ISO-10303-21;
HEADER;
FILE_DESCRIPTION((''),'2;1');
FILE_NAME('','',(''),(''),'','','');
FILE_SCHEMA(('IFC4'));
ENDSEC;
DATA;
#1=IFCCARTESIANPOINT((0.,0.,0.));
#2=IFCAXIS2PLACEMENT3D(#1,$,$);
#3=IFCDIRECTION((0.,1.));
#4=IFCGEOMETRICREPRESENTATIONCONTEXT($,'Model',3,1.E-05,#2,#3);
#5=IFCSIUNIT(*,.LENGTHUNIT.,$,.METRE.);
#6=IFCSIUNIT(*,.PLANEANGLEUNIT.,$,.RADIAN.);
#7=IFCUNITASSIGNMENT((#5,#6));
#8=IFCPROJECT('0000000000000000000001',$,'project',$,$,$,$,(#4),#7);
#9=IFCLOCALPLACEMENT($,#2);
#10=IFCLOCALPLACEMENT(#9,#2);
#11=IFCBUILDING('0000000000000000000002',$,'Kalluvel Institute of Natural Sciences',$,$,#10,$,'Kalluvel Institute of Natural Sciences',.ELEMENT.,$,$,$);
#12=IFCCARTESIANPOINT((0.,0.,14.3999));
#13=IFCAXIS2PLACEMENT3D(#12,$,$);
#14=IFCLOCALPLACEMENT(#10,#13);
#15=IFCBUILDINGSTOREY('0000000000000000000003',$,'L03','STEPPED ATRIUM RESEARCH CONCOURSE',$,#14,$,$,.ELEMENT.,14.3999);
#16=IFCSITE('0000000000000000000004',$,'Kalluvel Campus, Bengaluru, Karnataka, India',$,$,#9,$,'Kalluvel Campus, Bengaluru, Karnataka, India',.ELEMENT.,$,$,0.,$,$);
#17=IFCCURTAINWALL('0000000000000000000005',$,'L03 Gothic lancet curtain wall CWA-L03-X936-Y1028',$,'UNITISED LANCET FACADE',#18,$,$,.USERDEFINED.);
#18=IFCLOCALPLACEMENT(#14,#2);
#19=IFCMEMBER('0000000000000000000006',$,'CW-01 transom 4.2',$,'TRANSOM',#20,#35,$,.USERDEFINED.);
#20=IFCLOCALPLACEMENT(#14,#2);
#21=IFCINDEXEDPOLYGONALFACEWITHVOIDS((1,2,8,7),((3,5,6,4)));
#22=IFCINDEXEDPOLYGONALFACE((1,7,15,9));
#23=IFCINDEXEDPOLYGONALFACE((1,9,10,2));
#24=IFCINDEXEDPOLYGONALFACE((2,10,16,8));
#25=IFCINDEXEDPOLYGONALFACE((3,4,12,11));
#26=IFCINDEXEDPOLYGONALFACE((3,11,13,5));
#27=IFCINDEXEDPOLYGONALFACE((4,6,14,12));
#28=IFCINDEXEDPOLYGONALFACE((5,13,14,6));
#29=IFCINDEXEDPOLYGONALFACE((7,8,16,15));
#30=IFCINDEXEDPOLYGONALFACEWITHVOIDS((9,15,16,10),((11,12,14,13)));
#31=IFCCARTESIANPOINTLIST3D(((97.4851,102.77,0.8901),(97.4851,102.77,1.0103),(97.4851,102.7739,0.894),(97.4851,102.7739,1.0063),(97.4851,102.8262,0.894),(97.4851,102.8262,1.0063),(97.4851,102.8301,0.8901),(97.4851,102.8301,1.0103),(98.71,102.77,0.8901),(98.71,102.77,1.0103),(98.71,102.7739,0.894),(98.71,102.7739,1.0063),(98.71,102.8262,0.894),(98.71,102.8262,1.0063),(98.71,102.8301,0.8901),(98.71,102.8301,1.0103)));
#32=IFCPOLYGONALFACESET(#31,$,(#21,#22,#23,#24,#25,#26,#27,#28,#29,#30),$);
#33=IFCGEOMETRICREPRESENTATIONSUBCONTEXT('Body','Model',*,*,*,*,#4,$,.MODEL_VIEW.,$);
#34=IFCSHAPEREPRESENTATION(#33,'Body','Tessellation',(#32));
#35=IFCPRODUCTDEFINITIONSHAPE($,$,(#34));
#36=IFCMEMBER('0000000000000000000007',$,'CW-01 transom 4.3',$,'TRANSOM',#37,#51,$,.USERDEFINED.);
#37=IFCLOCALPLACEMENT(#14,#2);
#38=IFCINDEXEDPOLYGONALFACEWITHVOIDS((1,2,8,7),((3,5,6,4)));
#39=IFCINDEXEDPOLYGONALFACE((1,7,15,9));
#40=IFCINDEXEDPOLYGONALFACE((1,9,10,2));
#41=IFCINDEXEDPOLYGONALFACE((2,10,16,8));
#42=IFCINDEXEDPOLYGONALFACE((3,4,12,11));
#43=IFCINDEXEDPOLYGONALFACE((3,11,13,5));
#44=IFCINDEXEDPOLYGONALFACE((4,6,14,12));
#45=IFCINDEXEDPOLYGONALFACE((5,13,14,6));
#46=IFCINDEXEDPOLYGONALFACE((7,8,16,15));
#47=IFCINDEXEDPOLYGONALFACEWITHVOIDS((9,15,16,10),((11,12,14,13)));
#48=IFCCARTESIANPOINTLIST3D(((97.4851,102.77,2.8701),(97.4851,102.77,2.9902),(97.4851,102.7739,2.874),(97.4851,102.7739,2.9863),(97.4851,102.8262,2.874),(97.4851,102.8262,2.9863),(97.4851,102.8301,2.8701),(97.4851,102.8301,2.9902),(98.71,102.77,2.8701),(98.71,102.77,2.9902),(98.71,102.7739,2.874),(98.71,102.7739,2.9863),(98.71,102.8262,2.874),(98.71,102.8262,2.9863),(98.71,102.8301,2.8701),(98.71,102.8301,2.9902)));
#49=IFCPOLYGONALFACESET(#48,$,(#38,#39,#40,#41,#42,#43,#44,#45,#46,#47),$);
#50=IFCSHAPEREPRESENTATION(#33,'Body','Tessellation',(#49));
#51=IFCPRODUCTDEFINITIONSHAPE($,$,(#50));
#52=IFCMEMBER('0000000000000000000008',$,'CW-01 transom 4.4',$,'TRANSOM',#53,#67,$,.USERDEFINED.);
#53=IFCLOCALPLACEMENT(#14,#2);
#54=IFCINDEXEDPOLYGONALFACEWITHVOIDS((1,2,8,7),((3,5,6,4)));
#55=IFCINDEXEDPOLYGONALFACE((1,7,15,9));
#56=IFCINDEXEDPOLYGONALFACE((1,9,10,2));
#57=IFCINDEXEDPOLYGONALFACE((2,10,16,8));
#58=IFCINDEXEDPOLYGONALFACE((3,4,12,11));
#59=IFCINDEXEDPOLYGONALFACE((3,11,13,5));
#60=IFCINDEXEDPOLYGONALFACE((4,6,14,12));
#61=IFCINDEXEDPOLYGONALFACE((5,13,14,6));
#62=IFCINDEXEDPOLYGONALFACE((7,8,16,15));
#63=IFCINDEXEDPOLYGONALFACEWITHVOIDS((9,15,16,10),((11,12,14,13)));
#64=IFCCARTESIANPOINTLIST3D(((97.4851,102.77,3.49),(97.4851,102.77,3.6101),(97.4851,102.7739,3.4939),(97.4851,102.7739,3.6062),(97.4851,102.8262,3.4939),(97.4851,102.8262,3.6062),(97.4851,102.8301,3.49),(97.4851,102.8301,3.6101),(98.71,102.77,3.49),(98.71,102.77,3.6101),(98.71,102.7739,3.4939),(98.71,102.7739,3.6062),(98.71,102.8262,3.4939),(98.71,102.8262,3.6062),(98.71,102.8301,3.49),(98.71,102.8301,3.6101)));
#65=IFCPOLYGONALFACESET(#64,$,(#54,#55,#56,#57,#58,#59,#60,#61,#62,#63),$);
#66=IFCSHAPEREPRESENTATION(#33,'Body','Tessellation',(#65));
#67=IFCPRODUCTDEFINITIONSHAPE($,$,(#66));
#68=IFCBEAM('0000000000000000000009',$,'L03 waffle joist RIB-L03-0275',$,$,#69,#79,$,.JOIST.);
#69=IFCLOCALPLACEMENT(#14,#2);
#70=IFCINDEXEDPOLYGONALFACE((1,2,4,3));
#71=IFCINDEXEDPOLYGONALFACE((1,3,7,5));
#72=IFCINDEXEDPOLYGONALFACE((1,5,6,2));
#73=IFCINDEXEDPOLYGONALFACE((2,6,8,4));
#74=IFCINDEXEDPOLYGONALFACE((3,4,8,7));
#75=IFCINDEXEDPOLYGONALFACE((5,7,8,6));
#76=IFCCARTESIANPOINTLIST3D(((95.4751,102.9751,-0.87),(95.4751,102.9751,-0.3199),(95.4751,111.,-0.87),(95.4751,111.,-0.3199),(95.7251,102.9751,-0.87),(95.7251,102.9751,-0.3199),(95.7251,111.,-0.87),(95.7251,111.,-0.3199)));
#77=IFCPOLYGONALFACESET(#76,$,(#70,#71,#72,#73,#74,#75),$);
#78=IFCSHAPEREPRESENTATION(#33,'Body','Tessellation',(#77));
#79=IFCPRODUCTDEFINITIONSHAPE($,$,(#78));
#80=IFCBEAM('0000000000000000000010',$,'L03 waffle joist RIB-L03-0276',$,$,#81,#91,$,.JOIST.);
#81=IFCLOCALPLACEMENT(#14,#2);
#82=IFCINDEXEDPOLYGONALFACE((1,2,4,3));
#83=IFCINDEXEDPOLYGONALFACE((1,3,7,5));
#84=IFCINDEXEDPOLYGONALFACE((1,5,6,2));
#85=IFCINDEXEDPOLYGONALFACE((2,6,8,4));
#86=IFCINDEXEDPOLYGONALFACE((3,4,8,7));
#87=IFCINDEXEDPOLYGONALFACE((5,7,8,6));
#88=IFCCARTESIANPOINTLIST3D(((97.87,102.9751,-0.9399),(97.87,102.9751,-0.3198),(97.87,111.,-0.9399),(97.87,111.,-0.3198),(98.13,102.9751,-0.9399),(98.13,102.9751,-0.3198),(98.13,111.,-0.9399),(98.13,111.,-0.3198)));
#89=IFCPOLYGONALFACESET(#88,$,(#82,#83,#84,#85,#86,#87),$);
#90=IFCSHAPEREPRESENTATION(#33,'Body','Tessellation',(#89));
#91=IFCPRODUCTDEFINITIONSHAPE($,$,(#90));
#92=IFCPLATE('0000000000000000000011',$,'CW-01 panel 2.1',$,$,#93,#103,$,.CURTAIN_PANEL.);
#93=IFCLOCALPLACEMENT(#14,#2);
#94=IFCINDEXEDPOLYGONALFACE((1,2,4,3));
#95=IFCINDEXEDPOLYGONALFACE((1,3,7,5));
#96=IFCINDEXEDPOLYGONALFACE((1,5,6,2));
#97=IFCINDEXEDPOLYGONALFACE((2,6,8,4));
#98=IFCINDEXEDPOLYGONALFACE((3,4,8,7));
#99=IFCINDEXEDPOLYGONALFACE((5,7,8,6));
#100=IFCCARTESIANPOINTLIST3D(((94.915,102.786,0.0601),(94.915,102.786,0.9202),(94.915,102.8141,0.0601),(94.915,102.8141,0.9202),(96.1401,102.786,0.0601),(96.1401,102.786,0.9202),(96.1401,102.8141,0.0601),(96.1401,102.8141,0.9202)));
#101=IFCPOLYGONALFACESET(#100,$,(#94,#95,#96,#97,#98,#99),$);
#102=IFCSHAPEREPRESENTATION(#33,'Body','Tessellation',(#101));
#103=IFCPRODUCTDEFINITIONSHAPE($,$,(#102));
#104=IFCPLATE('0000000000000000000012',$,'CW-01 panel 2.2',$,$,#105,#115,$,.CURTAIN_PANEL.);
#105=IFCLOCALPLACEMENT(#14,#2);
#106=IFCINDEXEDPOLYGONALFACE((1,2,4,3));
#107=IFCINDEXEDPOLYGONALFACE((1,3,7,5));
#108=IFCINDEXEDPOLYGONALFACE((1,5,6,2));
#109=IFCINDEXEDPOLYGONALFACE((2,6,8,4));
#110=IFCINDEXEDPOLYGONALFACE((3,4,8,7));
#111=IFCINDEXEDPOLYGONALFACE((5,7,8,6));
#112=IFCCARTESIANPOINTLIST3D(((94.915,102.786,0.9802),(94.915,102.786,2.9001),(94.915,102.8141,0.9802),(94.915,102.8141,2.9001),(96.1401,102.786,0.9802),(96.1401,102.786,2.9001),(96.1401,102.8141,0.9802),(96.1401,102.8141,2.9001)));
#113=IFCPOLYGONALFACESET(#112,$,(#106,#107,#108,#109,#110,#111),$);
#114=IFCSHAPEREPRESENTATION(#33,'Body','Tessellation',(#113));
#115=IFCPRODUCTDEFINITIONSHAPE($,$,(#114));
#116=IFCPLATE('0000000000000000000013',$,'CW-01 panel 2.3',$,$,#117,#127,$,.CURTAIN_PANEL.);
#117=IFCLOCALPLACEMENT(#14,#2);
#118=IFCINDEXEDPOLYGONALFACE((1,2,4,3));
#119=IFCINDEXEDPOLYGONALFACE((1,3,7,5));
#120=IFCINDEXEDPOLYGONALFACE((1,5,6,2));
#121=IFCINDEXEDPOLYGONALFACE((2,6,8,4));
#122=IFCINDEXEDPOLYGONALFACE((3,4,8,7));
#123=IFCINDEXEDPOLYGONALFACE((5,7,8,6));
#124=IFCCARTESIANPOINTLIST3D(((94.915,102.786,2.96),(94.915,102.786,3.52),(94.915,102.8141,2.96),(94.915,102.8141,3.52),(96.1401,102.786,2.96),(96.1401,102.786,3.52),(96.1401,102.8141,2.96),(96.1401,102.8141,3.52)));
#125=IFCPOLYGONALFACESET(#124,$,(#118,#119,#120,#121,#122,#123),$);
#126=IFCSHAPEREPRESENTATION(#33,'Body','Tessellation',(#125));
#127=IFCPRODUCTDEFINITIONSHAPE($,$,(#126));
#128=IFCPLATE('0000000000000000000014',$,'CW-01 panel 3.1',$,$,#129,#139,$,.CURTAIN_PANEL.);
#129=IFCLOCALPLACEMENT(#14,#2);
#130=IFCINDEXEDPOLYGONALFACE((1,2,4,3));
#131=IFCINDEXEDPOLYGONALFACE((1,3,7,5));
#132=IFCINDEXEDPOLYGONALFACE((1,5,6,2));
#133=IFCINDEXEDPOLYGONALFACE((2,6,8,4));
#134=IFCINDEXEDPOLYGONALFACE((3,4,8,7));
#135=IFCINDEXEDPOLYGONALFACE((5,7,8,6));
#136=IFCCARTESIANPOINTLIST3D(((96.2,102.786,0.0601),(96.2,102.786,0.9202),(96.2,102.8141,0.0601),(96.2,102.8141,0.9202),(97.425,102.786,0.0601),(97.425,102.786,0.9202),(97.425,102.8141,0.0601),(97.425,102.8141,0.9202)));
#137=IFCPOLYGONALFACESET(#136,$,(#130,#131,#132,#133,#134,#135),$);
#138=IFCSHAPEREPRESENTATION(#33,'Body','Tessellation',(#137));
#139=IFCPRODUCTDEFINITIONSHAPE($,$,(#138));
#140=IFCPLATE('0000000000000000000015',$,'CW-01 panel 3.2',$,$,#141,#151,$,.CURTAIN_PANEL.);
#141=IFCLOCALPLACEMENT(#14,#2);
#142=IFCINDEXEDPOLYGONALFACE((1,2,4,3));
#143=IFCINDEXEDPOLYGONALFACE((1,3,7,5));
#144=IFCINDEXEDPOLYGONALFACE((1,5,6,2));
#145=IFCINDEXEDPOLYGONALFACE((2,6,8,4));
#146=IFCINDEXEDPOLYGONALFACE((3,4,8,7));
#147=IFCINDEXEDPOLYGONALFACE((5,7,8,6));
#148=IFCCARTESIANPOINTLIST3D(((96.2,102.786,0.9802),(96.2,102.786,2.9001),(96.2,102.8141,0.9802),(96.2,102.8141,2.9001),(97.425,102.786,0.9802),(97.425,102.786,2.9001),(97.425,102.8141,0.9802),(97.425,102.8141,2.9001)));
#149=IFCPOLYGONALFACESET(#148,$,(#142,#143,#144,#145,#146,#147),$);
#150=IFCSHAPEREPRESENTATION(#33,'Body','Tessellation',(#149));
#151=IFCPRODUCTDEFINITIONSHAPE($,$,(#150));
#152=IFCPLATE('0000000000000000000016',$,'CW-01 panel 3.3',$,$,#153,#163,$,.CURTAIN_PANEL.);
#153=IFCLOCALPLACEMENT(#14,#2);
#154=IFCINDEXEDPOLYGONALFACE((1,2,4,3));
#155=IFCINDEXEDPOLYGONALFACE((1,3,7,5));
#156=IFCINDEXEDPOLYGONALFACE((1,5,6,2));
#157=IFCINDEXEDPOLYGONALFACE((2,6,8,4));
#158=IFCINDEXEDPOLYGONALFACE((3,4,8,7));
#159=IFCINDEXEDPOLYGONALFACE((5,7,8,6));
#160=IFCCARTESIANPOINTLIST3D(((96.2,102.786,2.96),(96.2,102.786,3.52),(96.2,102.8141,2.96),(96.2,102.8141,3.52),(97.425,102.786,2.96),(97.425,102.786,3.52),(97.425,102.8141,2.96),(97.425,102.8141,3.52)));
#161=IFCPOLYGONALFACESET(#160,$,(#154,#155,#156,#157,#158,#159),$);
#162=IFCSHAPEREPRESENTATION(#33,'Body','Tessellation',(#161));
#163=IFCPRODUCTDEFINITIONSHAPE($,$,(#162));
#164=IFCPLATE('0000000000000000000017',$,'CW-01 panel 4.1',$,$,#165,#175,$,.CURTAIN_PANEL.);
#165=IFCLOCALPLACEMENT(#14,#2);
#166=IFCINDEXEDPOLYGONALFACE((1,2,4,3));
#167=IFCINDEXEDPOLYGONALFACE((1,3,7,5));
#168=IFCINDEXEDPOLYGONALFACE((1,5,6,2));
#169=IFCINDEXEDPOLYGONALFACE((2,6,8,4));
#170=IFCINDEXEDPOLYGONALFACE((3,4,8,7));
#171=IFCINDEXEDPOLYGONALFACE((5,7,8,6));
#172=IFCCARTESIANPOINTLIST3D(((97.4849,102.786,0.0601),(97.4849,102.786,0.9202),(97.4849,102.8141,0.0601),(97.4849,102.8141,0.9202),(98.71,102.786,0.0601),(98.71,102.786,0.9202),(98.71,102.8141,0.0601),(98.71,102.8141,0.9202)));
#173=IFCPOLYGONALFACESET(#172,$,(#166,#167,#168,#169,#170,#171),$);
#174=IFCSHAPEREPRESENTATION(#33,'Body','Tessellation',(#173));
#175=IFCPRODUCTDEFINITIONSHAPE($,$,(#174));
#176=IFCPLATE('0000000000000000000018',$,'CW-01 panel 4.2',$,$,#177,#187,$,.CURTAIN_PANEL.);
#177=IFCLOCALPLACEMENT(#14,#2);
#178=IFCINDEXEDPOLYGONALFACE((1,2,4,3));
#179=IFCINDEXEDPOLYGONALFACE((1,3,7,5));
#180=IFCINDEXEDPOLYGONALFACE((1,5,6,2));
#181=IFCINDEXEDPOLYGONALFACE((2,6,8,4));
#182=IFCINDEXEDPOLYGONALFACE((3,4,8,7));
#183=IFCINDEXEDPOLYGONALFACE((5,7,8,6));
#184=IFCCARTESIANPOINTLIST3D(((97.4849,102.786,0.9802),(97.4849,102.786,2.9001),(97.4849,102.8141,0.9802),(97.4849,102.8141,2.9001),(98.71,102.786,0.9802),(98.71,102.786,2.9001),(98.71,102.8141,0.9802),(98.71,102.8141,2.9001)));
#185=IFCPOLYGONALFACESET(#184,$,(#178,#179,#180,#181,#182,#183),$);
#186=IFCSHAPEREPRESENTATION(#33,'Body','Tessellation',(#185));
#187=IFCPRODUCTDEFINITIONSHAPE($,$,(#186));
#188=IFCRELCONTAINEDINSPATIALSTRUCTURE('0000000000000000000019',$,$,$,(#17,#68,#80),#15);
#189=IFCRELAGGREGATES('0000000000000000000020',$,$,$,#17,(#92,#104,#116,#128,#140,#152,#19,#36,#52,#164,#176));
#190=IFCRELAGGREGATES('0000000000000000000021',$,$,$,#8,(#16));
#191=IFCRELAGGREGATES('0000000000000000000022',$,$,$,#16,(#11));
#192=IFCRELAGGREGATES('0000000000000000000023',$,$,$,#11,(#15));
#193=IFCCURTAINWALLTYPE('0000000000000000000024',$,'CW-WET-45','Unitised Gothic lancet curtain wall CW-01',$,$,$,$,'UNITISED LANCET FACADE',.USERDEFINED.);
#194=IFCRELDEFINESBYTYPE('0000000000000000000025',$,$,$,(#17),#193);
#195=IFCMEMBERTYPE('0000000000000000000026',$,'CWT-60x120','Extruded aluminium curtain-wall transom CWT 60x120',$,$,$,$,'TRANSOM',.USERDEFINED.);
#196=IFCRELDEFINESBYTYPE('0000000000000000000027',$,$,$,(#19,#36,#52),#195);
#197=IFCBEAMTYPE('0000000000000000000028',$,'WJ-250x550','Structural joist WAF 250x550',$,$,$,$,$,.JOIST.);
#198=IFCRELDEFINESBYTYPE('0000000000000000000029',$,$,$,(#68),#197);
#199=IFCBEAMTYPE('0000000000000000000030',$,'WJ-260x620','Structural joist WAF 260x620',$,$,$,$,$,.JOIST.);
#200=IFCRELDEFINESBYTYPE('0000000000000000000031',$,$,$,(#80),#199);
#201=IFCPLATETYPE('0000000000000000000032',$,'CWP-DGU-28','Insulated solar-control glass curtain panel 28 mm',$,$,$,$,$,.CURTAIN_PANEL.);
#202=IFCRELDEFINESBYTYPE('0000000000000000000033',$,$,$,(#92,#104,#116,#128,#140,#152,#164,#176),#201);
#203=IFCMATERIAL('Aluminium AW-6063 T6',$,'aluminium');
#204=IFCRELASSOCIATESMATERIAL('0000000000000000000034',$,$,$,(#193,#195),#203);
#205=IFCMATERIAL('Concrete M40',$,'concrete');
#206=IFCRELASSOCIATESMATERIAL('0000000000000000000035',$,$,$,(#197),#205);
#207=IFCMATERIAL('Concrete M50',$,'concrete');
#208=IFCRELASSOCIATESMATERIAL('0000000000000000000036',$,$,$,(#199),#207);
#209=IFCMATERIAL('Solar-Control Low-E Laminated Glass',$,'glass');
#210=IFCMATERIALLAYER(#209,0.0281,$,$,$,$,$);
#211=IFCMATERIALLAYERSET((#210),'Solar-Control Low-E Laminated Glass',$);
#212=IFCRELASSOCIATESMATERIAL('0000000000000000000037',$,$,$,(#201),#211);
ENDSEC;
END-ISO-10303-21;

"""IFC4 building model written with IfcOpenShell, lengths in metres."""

from ifc_helpers import new_model, si_unit, direction, frame, origin, origin_2d, place, context, subcontext, project, spatial, rectangle, hollow_rectangle, extrude, material, layer, layer_set, material_profile, profile_set, type_object, element, aggregate, save


model = new_model("IFC4")

# Units and contexts
model_context = context("Model", 3, precision=1e-05, world=origin(), true_north=direction((0.0, 1.0)))
body_context = subcontext(model_context, "Body", "Model", "MODEL_VIEW")
ifc_project = project(units=[si_unit("LENGTHUNIT", "METRE"), si_unit("PLANEANGLEUNIT", "RADIAN")], contexts=[model_context])

# Site, building, storey
site_placement = place(None, origin())
site = spatial("IfcSite", under=ifc_project, at=site_placement, Name="Kalluvel Campus, Bengaluru, Karnataka, India", LongName="Kalluvel Campus, Bengaluru, Karnataka, India", CompositionType="ELEMENT", RefElevation=0.0)
building_placement = place(site_placement, origin())
building = spatial("IfcBuilding", under=site, at=building_placement, Name="Kalluvel Institute of Natural Sciences", LongName="Kalluvel Institute of Natural Sciences", CompositionType="ELEMENT")
storey_placement = place(building_placement, frame((0.0, 0.0, 14.3999)))
storey = spatial("IfcBuildingStorey", under=building, at=storey_placement, Name="L03", Description="STEPPED ATRIUM RESEARCH CONCOURSE", CompositionType="ELEMENT", Elevation=14.3999)

# Curtain wall, members
ifc_material_1 = material(Name="Aluminium AW-6063 T6", Category="aluminium")
curtain_wall_type = type_object("IfcCurtainWallType", Name="CW-WET-45", Description="Unitised Gothic lancet curtain wall CW-01", ElementType="UNITISED LANCET FACADE", PredefinedType="USERDEFINED", material=ifc_material_1)
curtain_wall_placement = place(storey_placement, origin())
curtain_wall = element("IfcCurtainWall", 1, at=curtain_wall_placement, inside=storey, type_object=curtain_wall_type, Name="L03 Gothic lancet curtain wall CWA-L03-X936-Y1028", ObjectType="UNITISED LANCET FACADE", PredefinedType="USERDEFINED")
ifc_material_profile_1 = material_profile(ifc_material_1, hollow_rectangle(XDim=0.0601, YDim=0.1201, WallThickness=0.0039, at=origin_2d()), Name="CWT 60x120")
ifc_profile_set_1 = profile_set([ifc_material_profile_1], Name="Aluminium AW-6063 T6")
member_type_1 = type_object("IfcMemberType", Name="CWT-60x120", Description="Extruded aluminium curtain-wall transom CWT 60x120", ElementType="TRANSOM", PredefinedType="USERDEFINED", material=ifc_profile_set_1)
member_1_placement = place(storey_placement, frame((97.4851, 102.8, 0.9502), z_axis=(1.0, 0.0, 0.0), x_axis=(0.0, 1.0, 0.0)))
member_1 = element("IfcMember", 2, at=member_1_placement, type_object=member_type_1, Name="CW-01 transom 4.2", ObjectType="TRANSOM", PredefinedType="USERDEFINED", context=body_context, shape_type="SweptSolid", body=[
    extrude(hollow_rectangle(XDim=0.0601, YDim=0.1201, WallThickness=0.0039, at=origin_2d()), origin(), (0.0, 0.0, 1.0), 1.2249),
])
member_2_placement = place(storey_placement, frame((97.4851, 102.8, 2.9302), z_axis=(1.0, 0.0, 0.0), x_axis=(0.0, 1.0, 0.0)))
member_2 = element("IfcMember", 3, at=member_2_placement, type_object=member_type_1, Name="CW-01 transom 4.3", ObjectType="TRANSOM", PredefinedType="USERDEFINED", context=body_context, shape_type="SweptSolid", body=[
    extrude(hollow_rectangle(XDim=0.0601, YDim=0.1201, WallThickness=0.0039, at=origin_2d()), origin(), (0.0, 0.0, 1.0), 1.2249),
])
member_3_placement = place(storey_placement, frame((97.4851, 102.8, 3.55), z_axis=(1.0, 0.0, 0.0), x_axis=(0.0, 1.0, 0.0)))
member_3 = element("IfcMember", 4, at=member_3_placement, type_object=member_type_1, Name="CW-01 transom 4.4", ObjectType="TRANSOM", PredefinedType="USERDEFINED", context=body_context, shape_type="SweptSolid", body=[
    extrude(hollow_rectangle(XDim=0.0601, YDim=0.1201, WallThickness=0.0039, at=origin_2d()), origin(), (0.0, 0.0, 1.0), 1.2249),
])

# Beams
ifc_material_2 = material(Name="Concrete M40", Category="concrete")
ifc_material_profile_2 = material_profile(ifc_material_2, rectangle(XDim=0.25, YDim=0.55, at=origin_2d()), Name="WAF 250x550")
ifc_profile_set_2 = profile_set([ifc_material_profile_2], Name="Concrete M40")
beam_type_1 = type_object("IfcBeamType", Name="WJ-250x550", Description="Structural joist WAF 250x550", PredefinedType="JOIST", material=ifc_profile_set_2)
beam_1_placement = place(storey_placement, frame((95.6001, 102.9751, -0.595), z_axis=(0.0, 1.0, 0.0), x_axis=(-1.0, 0.0, 0.0)))
element("IfcBeam", 5, at=beam_1_placement, inside=storey, type_object=beam_type_1, Name="L03 waffle joist RIB-L03-0275", PredefinedType="JOIST", context=body_context, shape_type="SweptSolid", body=[
    extrude(rectangle(XDim=0.25, YDim=0.55, at=origin_2d()), origin(), (0.0, 0.0, 1.0), 8.0249),
])
ifc_material_3 = material(Name="Concrete M50", Category="concrete")
ifc_material_profile_3 = material_profile(ifc_material_3, rectangle(XDim=0.26, YDim=0.6201, at=origin_2d()), Name="WAF 260x620")
ifc_profile_set_3 = profile_set([ifc_material_profile_3], Name="Concrete M50")
beam_type_2 = type_object("IfcBeamType", Name="WJ-260x620", Description="Structural joist WAF 260x620", PredefinedType="JOIST", material=ifc_profile_set_3)
beam_2_placement = place(storey_placement, frame((98.0, 102.9751, -0.6299), z_axis=(0.0, 1.0, 0.0), x_axis=(-1.0, 0.0, 0.0)))
element("IfcBeam", 6, at=beam_2_placement, inside=storey, type_object=beam_type_2, Name="L03 waffle joist RIB-L03-0276", PredefinedType="JOIST", context=body_context, shape_type="SweptSolid", body=[
    extrude(rectangle(XDim=0.26, YDim=0.6201, at=origin_2d()), origin(), (0.0, 0.0, 1.0), 8.0249),
])

# Plates
ifc_material_4 = material(Name="Solar-Control Low-E Laminated Glass", Category="glass")
ifc_layer_1 = layer(ifc_material_4, 0.0281)
ifc_layer_set_1 = layer_set([ifc_layer_1], Name="Solar-Control Low-E Laminated Glass")
plate_type = type_object("IfcPlateType", Name="CWP-DGU-28", Description="Insulated solar-control glass curtain panel 28 mm", PredefinedType="CURTAIN_PANEL", material=ifc_layer_set_1)
plate_1_placement = place(storey_placement, frame((95.5276, 102.8, 0.0601), z_axis=(0.0, 0.0, 1.0), x_axis=(1.0, 0.0, 0.0)))
plate_1 = element("IfcPlate", 7, at=plate_1_placement, type_object=plate_type, Name="CW-01 panel 2.1", PredefinedType="CURTAIN_PANEL", context=body_context, shape_type="SweptSolid", body=[
    extrude(rectangle(XDim=1.2251, YDim=0.0281, at=origin_2d()), origin(), (0.0, 0.0, 1.0), 0.8601),
])
plate_2_placement = place(storey_placement, frame((95.5276, 102.8, 0.9802), z_axis=(0.0, 0.0, 1.0), x_axis=(1.0, 0.0, 0.0)))
plate_2 = element("IfcPlate", 8, at=plate_2_placement, type_object=plate_type, Name="CW-01 panel 2.2", PredefinedType="CURTAIN_PANEL", context=body_context, shape_type="SweptSolid", body=[
    extrude(rectangle(XDim=1.2251, YDim=0.0281, at=origin_2d()), origin(), (0.0, 0.0, 1.0), 1.9199),
])
plate_3_placement = place(storey_placement, frame((95.5276, 102.8, 2.96), z_axis=(0.0, 0.0, 1.0), x_axis=(1.0, 0.0, 0.0)))
plate_3 = element("IfcPlate", 9, at=plate_3_placement, type_object=plate_type, Name="CW-01 panel 2.3", PredefinedType="CURTAIN_PANEL", context=body_context, shape_type="SweptSolid", body=[
    extrude(rectangle(XDim=1.2251, YDim=0.0281, at=origin_2d()), origin(), (0.0, 0.0, 1.0), 0.5601),
])
plate_4_placement = place(storey_placement, frame((96.8125, 102.8, 0.0601), z_axis=(0.0, 0.0, 1.0), x_axis=(1.0, 0.0, 0.0)))
plate_4 = element("IfcPlate", 10, at=plate_4_placement, type_object=plate_type, Name="CW-01 panel 3.1", PredefinedType="CURTAIN_PANEL", context=body_context, shape_type="SweptSolid", body=[
    extrude(rectangle(XDim=1.2251, YDim=0.0281, at=origin_2d()), origin(), (0.0, 0.0, 1.0), 0.8601),
])
plate_5_placement = place(storey_placement, frame((96.8125, 102.8, 0.9802), z_axis=(0.0, 0.0, 1.0), x_axis=(1.0, 0.0, 0.0)))
plate_5 = element("IfcPlate", 11, at=plate_5_placement, type_object=plate_type, Name="CW-01 panel 3.2", PredefinedType="CURTAIN_PANEL", context=body_context, shape_type="SweptSolid", body=[
    extrude(rectangle(XDim=1.2251, YDim=0.0281, at=origin_2d()), origin(), (0.0, 0.0, 1.0), 1.9199),
])
plate_6_placement = place(storey_placement, frame((96.8125, 102.8, 2.96), z_axis=(0.0, 0.0, 1.0), x_axis=(1.0, 0.0, 0.0)))
plate_6 = element("IfcPlate", 12, at=plate_6_placement, type_object=plate_type, Name="CW-01 panel 3.3", PredefinedType="CURTAIN_PANEL", context=body_context, shape_type="SweptSolid", body=[
    extrude(rectangle(XDim=1.2251, YDim=0.0281, at=origin_2d()), origin(), (0.0, 0.0, 1.0), 0.5601),
])
plate_7_placement = place(storey_placement, frame((98.0974, 102.8, 0.0601), z_axis=(0.0, 0.0, 1.0), x_axis=(1.0, 0.0, 0.0)))
plate_7 = element("IfcPlate", 13, at=plate_7_placement, type_object=plate_type, Name="CW-01 panel 4.1", PredefinedType="CURTAIN_PANEL", context=body_context, shape_type="SweptSolid", body=[
    extrude(rectangle(XDim=1.2251, YDim=0.0281, at=origin_2d()), origin(), (0.0, 0.0, 1.0), 0.8601),
])
plate_8_placement = place(storey_placement, frame((98.0974, 102.8, 0.9802), z_axis=(0.0, 0.0, 1.0), x_axis=(1.0, 0.0, 0.0)))
plate_8 = element("IfcPlate", 14, at=plate_8_placement, type_object=plate_type, Name="CW-01 panel 4.2", PredefinedType="CURTAIN_PANEL", context=body_context, shape_type="SweptSolid", body=[
    extrude(rectangle(XDim=1.2251, YDim=0.0281, at=origin_2d()), origin(), (0.0, 0.0, 1.0), 1.9199),
])
aggregate(curtain_wall, [plate_1, plate_2, plate_3, plate_4, plate_5, plate_6, member_1, member_2, member_3, plate_7, plate_8])

save(model, "model.ifc")
